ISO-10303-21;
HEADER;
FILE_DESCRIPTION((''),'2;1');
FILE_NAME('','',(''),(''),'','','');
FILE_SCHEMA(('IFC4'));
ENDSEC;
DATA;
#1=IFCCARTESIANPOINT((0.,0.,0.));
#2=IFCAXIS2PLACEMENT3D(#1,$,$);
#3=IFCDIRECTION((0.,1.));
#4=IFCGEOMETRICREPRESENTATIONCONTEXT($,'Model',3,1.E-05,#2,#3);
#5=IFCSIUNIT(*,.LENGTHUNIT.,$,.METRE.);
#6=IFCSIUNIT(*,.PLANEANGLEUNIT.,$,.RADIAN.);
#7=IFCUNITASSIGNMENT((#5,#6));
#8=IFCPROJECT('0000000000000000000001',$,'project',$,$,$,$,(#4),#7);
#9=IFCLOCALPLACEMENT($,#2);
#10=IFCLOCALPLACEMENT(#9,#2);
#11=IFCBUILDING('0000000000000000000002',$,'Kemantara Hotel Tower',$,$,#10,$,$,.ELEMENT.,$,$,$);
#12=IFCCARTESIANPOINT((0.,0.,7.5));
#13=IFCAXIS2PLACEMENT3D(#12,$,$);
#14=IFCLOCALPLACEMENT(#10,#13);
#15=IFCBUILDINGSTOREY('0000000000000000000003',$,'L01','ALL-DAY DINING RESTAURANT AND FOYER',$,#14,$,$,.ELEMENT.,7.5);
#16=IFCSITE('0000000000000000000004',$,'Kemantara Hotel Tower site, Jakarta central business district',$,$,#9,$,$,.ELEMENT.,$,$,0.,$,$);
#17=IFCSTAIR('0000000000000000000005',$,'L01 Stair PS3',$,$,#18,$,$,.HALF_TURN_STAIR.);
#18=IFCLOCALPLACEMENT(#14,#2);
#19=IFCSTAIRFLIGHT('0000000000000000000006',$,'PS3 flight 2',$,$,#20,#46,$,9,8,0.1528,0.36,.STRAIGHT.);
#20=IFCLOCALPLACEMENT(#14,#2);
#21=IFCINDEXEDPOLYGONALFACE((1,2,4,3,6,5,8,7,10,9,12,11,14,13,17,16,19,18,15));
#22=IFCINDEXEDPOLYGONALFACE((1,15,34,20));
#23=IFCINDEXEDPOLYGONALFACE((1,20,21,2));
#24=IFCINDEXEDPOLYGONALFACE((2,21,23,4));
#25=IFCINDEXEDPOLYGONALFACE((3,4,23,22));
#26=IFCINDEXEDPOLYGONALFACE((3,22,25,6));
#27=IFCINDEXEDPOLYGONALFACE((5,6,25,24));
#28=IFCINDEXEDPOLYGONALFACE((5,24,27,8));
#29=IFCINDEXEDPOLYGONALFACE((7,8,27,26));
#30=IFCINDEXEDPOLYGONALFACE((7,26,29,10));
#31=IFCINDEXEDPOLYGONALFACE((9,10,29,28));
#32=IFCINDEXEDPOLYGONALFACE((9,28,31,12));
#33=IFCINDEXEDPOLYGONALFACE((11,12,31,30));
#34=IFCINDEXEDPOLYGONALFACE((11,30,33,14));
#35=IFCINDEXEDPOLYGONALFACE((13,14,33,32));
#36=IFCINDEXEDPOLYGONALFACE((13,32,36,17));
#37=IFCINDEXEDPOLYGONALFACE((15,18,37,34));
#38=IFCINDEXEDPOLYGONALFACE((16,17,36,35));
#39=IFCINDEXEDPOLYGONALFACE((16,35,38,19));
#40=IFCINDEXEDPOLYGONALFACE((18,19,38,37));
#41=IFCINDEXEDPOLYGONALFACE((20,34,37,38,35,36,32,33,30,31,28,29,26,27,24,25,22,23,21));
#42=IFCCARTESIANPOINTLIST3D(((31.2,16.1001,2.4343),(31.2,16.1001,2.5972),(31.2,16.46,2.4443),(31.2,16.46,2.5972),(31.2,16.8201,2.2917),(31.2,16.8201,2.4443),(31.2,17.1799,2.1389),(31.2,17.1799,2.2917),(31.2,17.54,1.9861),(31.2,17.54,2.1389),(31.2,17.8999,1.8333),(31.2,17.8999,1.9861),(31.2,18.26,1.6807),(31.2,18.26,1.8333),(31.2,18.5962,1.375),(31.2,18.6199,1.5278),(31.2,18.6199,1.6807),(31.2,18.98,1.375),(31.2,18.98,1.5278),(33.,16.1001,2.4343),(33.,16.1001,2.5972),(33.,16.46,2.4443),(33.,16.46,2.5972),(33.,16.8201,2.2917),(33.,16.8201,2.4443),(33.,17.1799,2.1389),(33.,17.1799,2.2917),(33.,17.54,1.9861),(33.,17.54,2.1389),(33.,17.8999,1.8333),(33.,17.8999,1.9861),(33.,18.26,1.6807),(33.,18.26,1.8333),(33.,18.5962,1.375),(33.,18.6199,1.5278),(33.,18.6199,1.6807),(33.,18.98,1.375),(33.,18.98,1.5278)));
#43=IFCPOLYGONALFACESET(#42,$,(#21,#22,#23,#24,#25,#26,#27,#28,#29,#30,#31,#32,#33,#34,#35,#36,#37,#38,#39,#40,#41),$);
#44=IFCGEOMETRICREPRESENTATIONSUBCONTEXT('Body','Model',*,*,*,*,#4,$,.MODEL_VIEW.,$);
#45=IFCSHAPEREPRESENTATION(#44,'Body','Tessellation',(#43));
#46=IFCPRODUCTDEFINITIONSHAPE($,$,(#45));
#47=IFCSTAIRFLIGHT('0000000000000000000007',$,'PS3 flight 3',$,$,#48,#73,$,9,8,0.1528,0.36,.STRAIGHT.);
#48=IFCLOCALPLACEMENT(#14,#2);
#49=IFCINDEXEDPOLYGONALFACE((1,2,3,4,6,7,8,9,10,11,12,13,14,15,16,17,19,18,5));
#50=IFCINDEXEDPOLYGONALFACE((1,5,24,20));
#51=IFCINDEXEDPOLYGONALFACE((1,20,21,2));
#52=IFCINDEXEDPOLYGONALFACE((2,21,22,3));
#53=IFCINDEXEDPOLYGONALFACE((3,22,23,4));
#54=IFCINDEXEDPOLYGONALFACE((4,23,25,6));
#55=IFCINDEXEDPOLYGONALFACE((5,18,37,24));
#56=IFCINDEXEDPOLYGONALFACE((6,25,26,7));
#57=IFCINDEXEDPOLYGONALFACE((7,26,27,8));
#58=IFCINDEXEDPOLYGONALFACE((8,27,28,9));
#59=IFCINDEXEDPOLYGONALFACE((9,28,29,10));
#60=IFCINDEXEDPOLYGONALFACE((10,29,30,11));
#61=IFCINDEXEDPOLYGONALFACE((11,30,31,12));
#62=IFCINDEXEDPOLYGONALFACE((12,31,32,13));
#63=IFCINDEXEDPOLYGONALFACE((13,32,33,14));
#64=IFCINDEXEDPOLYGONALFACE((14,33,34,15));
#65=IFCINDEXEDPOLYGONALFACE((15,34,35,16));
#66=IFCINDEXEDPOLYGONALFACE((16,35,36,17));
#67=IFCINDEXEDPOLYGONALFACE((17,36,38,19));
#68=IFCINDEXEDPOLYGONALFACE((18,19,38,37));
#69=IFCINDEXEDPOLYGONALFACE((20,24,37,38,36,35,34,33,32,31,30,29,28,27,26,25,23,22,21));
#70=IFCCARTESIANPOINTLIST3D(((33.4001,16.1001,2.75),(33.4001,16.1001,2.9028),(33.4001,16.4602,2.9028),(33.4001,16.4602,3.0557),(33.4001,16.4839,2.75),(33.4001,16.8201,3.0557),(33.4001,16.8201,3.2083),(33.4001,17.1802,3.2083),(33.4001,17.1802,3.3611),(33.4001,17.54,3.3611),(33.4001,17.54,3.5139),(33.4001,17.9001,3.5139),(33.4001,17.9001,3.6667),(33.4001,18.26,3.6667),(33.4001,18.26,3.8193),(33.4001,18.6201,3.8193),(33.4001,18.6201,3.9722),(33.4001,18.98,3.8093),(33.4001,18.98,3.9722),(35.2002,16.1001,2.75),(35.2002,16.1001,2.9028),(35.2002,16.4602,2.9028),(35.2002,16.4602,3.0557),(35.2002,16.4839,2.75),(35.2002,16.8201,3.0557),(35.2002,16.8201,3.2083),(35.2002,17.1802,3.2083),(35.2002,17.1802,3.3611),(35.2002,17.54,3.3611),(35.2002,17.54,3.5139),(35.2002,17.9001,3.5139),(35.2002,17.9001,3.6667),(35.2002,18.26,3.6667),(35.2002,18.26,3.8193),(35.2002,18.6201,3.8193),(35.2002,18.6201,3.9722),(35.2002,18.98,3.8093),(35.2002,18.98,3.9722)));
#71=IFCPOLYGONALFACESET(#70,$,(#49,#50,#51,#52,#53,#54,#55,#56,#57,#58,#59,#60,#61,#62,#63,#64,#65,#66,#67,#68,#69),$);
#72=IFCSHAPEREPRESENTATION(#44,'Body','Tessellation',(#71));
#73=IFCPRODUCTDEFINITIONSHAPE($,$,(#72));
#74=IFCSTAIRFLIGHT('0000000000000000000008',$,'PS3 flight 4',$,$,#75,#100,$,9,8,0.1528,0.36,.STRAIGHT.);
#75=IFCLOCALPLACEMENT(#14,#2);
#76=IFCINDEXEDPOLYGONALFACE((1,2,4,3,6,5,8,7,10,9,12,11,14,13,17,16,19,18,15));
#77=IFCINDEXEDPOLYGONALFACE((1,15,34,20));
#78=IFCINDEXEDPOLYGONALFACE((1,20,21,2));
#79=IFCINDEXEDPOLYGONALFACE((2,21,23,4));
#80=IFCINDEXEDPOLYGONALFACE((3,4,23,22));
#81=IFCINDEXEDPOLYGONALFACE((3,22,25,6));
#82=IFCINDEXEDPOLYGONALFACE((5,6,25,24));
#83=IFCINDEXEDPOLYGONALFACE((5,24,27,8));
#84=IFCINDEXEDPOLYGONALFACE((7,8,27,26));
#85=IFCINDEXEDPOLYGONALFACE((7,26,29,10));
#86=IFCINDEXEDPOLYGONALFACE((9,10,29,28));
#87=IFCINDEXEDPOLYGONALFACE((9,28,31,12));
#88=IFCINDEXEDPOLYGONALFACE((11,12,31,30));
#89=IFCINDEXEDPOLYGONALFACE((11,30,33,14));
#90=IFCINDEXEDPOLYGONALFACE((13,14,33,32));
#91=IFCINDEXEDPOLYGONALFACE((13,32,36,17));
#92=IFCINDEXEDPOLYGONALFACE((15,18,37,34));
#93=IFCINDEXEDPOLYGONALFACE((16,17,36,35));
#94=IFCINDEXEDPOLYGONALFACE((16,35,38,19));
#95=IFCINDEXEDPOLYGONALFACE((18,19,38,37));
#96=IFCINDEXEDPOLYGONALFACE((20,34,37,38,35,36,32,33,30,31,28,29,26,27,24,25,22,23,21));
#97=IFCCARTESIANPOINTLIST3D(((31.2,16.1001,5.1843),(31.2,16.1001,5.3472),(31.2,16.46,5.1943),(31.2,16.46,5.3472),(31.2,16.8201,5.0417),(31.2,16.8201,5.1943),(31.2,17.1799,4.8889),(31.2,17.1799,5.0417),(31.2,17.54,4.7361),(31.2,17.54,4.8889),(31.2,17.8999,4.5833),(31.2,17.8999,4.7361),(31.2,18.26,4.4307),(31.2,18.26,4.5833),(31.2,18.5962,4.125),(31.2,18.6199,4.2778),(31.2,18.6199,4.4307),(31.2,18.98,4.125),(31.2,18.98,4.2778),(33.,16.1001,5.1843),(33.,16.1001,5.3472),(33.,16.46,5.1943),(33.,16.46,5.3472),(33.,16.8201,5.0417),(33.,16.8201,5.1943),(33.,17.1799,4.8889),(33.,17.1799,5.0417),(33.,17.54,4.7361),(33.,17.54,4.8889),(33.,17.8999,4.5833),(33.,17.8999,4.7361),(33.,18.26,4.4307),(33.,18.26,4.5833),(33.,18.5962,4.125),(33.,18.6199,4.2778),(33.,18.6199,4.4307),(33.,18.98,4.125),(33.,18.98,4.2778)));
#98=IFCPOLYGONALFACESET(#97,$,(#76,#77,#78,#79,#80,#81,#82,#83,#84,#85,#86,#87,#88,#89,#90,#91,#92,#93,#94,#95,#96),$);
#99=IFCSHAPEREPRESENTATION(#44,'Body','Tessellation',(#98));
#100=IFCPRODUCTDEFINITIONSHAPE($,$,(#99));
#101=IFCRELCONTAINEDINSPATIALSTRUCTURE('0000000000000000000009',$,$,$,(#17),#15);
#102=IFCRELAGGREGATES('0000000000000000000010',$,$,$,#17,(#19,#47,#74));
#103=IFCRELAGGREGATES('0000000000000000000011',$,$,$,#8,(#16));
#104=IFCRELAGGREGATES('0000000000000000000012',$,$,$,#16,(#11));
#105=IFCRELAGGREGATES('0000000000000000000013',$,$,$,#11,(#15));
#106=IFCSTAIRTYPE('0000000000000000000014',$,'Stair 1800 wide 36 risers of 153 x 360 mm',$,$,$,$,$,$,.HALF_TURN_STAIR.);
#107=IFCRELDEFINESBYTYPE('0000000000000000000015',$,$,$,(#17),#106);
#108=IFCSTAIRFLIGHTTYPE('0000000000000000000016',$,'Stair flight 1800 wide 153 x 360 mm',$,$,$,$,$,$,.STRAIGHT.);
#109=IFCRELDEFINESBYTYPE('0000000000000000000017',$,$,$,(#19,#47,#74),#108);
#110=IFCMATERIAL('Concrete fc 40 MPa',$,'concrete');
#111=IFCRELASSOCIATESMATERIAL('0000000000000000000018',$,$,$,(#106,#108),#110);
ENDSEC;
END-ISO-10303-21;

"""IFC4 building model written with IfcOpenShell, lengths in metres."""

from ifc_helpers import new_model, si_unit, direction, frame, origin, place, context, subcontext, project, spatial, polyline, outline, extrude, material, type_object, element, aggregate, save


model = new_model("IFC4")

# Units and contexts
model_context = context("Model", 3, precision=1e-05, world=origin(), true_north=direction((0.0, 1.0)))
body_context = subcontext(model_context, "Body", "Model", "MODEL_VIEW")
ifc_project = project(units=[si_unit("LENGTHUNIT", "METRE"), si_unit("PLANEANGLEUNIT", "RADIAN")], contexts=[model_context])

# Site, building, storey
site_placement = place(None, origin())
site = spatial("IfcSite", under=ifc_project, at=site_placement, Name="Kemantara Hotel Tower site, Jakarta central business district", CompositionType="ELEMENT", RefElevation=0.0)
building_placement = place(site_placement, origin())
building = spatial("IfcBuilding", under=site, at=building_placement, Name="Kemantara Hotel Tower", CompositionType="ELEMENT")
storey_placement = place(building_placement, frame((0.0, 0.0, 7.5)))
storey = spatial("IfcBuildingStorey", under=building, at=storey_placement, Name="L01", Description="ALL-DAY DINING RESTAURANT AND FOYER", CompositionType="ELEMENT", Elevation=7.5)

# Shared definitions
ifc_material_1 = material(Name="Concrete fc 40 MPa", Category="concrete")

# Stair, stair flights
stair_type = type_object("IfcStairType", Name="Stair 1800 wide 36 risers of 153 x 360 mm", PredefinedType="HALF_TURN_STAIR", material=ifc_material_1)
stair_placement = place(storey_placement, origin())
stair = element("IfcStair", 1, at=stair_placement, inside=storey, type_object=stair_type, Name="L01 Stair PS3", PredefinedType="HALF_TURN_STAIR")
stair_flight_type = type_object("IfcStairFlightType", Name="Stair flight 1800 wide 153 x 360 mm", PredefinedType="STRAIGHT", material=ifc_material_1)
stair_flight_1_placement = place(storey_placement, frame((32.1001, 18.98, 1.375), z_axis=(0.0, 0.0, 1.0), x_axis=(0.0, -1.0, 0.0)))
stair_flight_1 = element("IfcStairFlight", 2, at=stair_flight_1_placement, type_object=stair_flight_type, Name="PS3 flight 2", NumberOfRisers=9, NumberOfTreads=8, PredefinedType="STRAIGHT", RiserHeight=0.1528, TreadLength=0.36, context=body_context, shape_type="SweptSolid", body=[
    extrude(outline(polyline([(0.0, 0.0), (0.0, 0.1528), (0.3601, 0.1528), (0.3601, 0.3057), (0.72, 0.3057), (0.72, 0.4583), (1.0801, 0.4583), (1.0801, 0.6111), (1.4399, 0.6111), (1.4399, 0.7639), (1.8, 0.7639), (1.8, 0.9167), (2.1599, 0.9167), (2.1599, 1.0693), (2.52, 1.0693), (2.52, 1.2222), (2.8799, 1.2222), (2.8799, 1.375), (2.8799, 1.0593), (0.3838, 0.0), (0.0, 0.0)])), frame((0.0, 0.8999, 0.0), z_axis=(0.0, -1.0, 0.0), x_axis=(1.0, 0.0, 0.0)), (0.0, 0.0, 1.0), 1.8),
])
stair_flight_2_placement = place(storey_placement, frame((34.3, 16.1001, 2.75), z_axis=(0.0, 0.0, 1.0), x_axis=(0.0, 1.0, 0.0)))
stair_flight_2 = element("IfcStairFlight", 3, at=stair_flight_2_placement, type_object=stair_flight_type, Name="PS3 flight 3", NumberOfRisers=9, NumberOfTreads=8, PredefinedType="STRAIGHT", RiserHeight=0.1528, TreadLength=0.36, context=body_context, shape_type="SweptSolid", body=[
    extrude(outline(polyline([(0.0, 0.0), (0.0, 0.1528), (0.3601, 0.1528), (0.3601, 0.3057), (0.72, 0.3057), (0.72, 0.4583), (1.0801, 0.4583), (1.0801, 0.6111), (1.4399, 0.6111), (1.4399, 0.7639), (1.8, 0.7639), (1.8, 0.9167), (2.1599, 0.9167), (2.1599, 1.0693), (2.52, 1.0693), (2.52, 1.2222), (2.8799, 1.2222), (2.8799, 1.375), (2.8799, 1.0593), (0.3838, 0.0), (0.0, 0.0)])), frame((0.0, 0.8999, 0.0), z_axis=(0.0, -1.0, 0.0), x_axis=(1.0, 0.0, 0.0)), (0.0, 0.0, 1.0), 1.8),
])
stair_flight_3_placement = place(storey_placement, frame((32.1001, 18.98, 4.125), z_axis=(0.0, 0.0, 1.0), x_axis=(0.0, -1.0, 0.0)))
stair_flight_3 = element("IfcStairFlight", 4, at=stair_flight_3_placement, type_object=stair_flight_type, Name="PS3 flight 4", NumberOfRisers=9, NumberOfTreads=8, PredefinedType="STRAIGHT", RiserHeight=0.1528, TreadLength=0.36, context=body_context, shape_type="SweptSolid", body=[
    extrude(outline(polyline([(0.0, 0.0), (0.0, 0.1528), (0.3601, 0.1528), (0.3601, 0.3057), (0.72, 0.3057), (0.72, 0.4583), (1.0801, 0.4583), (1.0801, 0.6111), (1.4399, 0.6111), (1.4399, 0.7639), (1.8, 0.7639), (1.8, 0.9167), (2.1599, 0.9167), (2.1599, 1.0693), (2.52, 1.0693), (2.52, 1.2222), (2.8799, 1.2222), (2.8799, 1.375), (2.8799, 1.0593), (0.3838, 0.0), (0.0, 0.0)])), frame((0.0, 0.8999, 0.0), z_axis=(0.0, -1.0, 0.0), x_axis=(1.0, 0.0, 0.0)), (0.0, 0.0, 1.0), 1.8),
])
aggregate(stair, [stair_flight_1, stair_flight_2, stair_flight_3])

save(model, "model.ifc")
